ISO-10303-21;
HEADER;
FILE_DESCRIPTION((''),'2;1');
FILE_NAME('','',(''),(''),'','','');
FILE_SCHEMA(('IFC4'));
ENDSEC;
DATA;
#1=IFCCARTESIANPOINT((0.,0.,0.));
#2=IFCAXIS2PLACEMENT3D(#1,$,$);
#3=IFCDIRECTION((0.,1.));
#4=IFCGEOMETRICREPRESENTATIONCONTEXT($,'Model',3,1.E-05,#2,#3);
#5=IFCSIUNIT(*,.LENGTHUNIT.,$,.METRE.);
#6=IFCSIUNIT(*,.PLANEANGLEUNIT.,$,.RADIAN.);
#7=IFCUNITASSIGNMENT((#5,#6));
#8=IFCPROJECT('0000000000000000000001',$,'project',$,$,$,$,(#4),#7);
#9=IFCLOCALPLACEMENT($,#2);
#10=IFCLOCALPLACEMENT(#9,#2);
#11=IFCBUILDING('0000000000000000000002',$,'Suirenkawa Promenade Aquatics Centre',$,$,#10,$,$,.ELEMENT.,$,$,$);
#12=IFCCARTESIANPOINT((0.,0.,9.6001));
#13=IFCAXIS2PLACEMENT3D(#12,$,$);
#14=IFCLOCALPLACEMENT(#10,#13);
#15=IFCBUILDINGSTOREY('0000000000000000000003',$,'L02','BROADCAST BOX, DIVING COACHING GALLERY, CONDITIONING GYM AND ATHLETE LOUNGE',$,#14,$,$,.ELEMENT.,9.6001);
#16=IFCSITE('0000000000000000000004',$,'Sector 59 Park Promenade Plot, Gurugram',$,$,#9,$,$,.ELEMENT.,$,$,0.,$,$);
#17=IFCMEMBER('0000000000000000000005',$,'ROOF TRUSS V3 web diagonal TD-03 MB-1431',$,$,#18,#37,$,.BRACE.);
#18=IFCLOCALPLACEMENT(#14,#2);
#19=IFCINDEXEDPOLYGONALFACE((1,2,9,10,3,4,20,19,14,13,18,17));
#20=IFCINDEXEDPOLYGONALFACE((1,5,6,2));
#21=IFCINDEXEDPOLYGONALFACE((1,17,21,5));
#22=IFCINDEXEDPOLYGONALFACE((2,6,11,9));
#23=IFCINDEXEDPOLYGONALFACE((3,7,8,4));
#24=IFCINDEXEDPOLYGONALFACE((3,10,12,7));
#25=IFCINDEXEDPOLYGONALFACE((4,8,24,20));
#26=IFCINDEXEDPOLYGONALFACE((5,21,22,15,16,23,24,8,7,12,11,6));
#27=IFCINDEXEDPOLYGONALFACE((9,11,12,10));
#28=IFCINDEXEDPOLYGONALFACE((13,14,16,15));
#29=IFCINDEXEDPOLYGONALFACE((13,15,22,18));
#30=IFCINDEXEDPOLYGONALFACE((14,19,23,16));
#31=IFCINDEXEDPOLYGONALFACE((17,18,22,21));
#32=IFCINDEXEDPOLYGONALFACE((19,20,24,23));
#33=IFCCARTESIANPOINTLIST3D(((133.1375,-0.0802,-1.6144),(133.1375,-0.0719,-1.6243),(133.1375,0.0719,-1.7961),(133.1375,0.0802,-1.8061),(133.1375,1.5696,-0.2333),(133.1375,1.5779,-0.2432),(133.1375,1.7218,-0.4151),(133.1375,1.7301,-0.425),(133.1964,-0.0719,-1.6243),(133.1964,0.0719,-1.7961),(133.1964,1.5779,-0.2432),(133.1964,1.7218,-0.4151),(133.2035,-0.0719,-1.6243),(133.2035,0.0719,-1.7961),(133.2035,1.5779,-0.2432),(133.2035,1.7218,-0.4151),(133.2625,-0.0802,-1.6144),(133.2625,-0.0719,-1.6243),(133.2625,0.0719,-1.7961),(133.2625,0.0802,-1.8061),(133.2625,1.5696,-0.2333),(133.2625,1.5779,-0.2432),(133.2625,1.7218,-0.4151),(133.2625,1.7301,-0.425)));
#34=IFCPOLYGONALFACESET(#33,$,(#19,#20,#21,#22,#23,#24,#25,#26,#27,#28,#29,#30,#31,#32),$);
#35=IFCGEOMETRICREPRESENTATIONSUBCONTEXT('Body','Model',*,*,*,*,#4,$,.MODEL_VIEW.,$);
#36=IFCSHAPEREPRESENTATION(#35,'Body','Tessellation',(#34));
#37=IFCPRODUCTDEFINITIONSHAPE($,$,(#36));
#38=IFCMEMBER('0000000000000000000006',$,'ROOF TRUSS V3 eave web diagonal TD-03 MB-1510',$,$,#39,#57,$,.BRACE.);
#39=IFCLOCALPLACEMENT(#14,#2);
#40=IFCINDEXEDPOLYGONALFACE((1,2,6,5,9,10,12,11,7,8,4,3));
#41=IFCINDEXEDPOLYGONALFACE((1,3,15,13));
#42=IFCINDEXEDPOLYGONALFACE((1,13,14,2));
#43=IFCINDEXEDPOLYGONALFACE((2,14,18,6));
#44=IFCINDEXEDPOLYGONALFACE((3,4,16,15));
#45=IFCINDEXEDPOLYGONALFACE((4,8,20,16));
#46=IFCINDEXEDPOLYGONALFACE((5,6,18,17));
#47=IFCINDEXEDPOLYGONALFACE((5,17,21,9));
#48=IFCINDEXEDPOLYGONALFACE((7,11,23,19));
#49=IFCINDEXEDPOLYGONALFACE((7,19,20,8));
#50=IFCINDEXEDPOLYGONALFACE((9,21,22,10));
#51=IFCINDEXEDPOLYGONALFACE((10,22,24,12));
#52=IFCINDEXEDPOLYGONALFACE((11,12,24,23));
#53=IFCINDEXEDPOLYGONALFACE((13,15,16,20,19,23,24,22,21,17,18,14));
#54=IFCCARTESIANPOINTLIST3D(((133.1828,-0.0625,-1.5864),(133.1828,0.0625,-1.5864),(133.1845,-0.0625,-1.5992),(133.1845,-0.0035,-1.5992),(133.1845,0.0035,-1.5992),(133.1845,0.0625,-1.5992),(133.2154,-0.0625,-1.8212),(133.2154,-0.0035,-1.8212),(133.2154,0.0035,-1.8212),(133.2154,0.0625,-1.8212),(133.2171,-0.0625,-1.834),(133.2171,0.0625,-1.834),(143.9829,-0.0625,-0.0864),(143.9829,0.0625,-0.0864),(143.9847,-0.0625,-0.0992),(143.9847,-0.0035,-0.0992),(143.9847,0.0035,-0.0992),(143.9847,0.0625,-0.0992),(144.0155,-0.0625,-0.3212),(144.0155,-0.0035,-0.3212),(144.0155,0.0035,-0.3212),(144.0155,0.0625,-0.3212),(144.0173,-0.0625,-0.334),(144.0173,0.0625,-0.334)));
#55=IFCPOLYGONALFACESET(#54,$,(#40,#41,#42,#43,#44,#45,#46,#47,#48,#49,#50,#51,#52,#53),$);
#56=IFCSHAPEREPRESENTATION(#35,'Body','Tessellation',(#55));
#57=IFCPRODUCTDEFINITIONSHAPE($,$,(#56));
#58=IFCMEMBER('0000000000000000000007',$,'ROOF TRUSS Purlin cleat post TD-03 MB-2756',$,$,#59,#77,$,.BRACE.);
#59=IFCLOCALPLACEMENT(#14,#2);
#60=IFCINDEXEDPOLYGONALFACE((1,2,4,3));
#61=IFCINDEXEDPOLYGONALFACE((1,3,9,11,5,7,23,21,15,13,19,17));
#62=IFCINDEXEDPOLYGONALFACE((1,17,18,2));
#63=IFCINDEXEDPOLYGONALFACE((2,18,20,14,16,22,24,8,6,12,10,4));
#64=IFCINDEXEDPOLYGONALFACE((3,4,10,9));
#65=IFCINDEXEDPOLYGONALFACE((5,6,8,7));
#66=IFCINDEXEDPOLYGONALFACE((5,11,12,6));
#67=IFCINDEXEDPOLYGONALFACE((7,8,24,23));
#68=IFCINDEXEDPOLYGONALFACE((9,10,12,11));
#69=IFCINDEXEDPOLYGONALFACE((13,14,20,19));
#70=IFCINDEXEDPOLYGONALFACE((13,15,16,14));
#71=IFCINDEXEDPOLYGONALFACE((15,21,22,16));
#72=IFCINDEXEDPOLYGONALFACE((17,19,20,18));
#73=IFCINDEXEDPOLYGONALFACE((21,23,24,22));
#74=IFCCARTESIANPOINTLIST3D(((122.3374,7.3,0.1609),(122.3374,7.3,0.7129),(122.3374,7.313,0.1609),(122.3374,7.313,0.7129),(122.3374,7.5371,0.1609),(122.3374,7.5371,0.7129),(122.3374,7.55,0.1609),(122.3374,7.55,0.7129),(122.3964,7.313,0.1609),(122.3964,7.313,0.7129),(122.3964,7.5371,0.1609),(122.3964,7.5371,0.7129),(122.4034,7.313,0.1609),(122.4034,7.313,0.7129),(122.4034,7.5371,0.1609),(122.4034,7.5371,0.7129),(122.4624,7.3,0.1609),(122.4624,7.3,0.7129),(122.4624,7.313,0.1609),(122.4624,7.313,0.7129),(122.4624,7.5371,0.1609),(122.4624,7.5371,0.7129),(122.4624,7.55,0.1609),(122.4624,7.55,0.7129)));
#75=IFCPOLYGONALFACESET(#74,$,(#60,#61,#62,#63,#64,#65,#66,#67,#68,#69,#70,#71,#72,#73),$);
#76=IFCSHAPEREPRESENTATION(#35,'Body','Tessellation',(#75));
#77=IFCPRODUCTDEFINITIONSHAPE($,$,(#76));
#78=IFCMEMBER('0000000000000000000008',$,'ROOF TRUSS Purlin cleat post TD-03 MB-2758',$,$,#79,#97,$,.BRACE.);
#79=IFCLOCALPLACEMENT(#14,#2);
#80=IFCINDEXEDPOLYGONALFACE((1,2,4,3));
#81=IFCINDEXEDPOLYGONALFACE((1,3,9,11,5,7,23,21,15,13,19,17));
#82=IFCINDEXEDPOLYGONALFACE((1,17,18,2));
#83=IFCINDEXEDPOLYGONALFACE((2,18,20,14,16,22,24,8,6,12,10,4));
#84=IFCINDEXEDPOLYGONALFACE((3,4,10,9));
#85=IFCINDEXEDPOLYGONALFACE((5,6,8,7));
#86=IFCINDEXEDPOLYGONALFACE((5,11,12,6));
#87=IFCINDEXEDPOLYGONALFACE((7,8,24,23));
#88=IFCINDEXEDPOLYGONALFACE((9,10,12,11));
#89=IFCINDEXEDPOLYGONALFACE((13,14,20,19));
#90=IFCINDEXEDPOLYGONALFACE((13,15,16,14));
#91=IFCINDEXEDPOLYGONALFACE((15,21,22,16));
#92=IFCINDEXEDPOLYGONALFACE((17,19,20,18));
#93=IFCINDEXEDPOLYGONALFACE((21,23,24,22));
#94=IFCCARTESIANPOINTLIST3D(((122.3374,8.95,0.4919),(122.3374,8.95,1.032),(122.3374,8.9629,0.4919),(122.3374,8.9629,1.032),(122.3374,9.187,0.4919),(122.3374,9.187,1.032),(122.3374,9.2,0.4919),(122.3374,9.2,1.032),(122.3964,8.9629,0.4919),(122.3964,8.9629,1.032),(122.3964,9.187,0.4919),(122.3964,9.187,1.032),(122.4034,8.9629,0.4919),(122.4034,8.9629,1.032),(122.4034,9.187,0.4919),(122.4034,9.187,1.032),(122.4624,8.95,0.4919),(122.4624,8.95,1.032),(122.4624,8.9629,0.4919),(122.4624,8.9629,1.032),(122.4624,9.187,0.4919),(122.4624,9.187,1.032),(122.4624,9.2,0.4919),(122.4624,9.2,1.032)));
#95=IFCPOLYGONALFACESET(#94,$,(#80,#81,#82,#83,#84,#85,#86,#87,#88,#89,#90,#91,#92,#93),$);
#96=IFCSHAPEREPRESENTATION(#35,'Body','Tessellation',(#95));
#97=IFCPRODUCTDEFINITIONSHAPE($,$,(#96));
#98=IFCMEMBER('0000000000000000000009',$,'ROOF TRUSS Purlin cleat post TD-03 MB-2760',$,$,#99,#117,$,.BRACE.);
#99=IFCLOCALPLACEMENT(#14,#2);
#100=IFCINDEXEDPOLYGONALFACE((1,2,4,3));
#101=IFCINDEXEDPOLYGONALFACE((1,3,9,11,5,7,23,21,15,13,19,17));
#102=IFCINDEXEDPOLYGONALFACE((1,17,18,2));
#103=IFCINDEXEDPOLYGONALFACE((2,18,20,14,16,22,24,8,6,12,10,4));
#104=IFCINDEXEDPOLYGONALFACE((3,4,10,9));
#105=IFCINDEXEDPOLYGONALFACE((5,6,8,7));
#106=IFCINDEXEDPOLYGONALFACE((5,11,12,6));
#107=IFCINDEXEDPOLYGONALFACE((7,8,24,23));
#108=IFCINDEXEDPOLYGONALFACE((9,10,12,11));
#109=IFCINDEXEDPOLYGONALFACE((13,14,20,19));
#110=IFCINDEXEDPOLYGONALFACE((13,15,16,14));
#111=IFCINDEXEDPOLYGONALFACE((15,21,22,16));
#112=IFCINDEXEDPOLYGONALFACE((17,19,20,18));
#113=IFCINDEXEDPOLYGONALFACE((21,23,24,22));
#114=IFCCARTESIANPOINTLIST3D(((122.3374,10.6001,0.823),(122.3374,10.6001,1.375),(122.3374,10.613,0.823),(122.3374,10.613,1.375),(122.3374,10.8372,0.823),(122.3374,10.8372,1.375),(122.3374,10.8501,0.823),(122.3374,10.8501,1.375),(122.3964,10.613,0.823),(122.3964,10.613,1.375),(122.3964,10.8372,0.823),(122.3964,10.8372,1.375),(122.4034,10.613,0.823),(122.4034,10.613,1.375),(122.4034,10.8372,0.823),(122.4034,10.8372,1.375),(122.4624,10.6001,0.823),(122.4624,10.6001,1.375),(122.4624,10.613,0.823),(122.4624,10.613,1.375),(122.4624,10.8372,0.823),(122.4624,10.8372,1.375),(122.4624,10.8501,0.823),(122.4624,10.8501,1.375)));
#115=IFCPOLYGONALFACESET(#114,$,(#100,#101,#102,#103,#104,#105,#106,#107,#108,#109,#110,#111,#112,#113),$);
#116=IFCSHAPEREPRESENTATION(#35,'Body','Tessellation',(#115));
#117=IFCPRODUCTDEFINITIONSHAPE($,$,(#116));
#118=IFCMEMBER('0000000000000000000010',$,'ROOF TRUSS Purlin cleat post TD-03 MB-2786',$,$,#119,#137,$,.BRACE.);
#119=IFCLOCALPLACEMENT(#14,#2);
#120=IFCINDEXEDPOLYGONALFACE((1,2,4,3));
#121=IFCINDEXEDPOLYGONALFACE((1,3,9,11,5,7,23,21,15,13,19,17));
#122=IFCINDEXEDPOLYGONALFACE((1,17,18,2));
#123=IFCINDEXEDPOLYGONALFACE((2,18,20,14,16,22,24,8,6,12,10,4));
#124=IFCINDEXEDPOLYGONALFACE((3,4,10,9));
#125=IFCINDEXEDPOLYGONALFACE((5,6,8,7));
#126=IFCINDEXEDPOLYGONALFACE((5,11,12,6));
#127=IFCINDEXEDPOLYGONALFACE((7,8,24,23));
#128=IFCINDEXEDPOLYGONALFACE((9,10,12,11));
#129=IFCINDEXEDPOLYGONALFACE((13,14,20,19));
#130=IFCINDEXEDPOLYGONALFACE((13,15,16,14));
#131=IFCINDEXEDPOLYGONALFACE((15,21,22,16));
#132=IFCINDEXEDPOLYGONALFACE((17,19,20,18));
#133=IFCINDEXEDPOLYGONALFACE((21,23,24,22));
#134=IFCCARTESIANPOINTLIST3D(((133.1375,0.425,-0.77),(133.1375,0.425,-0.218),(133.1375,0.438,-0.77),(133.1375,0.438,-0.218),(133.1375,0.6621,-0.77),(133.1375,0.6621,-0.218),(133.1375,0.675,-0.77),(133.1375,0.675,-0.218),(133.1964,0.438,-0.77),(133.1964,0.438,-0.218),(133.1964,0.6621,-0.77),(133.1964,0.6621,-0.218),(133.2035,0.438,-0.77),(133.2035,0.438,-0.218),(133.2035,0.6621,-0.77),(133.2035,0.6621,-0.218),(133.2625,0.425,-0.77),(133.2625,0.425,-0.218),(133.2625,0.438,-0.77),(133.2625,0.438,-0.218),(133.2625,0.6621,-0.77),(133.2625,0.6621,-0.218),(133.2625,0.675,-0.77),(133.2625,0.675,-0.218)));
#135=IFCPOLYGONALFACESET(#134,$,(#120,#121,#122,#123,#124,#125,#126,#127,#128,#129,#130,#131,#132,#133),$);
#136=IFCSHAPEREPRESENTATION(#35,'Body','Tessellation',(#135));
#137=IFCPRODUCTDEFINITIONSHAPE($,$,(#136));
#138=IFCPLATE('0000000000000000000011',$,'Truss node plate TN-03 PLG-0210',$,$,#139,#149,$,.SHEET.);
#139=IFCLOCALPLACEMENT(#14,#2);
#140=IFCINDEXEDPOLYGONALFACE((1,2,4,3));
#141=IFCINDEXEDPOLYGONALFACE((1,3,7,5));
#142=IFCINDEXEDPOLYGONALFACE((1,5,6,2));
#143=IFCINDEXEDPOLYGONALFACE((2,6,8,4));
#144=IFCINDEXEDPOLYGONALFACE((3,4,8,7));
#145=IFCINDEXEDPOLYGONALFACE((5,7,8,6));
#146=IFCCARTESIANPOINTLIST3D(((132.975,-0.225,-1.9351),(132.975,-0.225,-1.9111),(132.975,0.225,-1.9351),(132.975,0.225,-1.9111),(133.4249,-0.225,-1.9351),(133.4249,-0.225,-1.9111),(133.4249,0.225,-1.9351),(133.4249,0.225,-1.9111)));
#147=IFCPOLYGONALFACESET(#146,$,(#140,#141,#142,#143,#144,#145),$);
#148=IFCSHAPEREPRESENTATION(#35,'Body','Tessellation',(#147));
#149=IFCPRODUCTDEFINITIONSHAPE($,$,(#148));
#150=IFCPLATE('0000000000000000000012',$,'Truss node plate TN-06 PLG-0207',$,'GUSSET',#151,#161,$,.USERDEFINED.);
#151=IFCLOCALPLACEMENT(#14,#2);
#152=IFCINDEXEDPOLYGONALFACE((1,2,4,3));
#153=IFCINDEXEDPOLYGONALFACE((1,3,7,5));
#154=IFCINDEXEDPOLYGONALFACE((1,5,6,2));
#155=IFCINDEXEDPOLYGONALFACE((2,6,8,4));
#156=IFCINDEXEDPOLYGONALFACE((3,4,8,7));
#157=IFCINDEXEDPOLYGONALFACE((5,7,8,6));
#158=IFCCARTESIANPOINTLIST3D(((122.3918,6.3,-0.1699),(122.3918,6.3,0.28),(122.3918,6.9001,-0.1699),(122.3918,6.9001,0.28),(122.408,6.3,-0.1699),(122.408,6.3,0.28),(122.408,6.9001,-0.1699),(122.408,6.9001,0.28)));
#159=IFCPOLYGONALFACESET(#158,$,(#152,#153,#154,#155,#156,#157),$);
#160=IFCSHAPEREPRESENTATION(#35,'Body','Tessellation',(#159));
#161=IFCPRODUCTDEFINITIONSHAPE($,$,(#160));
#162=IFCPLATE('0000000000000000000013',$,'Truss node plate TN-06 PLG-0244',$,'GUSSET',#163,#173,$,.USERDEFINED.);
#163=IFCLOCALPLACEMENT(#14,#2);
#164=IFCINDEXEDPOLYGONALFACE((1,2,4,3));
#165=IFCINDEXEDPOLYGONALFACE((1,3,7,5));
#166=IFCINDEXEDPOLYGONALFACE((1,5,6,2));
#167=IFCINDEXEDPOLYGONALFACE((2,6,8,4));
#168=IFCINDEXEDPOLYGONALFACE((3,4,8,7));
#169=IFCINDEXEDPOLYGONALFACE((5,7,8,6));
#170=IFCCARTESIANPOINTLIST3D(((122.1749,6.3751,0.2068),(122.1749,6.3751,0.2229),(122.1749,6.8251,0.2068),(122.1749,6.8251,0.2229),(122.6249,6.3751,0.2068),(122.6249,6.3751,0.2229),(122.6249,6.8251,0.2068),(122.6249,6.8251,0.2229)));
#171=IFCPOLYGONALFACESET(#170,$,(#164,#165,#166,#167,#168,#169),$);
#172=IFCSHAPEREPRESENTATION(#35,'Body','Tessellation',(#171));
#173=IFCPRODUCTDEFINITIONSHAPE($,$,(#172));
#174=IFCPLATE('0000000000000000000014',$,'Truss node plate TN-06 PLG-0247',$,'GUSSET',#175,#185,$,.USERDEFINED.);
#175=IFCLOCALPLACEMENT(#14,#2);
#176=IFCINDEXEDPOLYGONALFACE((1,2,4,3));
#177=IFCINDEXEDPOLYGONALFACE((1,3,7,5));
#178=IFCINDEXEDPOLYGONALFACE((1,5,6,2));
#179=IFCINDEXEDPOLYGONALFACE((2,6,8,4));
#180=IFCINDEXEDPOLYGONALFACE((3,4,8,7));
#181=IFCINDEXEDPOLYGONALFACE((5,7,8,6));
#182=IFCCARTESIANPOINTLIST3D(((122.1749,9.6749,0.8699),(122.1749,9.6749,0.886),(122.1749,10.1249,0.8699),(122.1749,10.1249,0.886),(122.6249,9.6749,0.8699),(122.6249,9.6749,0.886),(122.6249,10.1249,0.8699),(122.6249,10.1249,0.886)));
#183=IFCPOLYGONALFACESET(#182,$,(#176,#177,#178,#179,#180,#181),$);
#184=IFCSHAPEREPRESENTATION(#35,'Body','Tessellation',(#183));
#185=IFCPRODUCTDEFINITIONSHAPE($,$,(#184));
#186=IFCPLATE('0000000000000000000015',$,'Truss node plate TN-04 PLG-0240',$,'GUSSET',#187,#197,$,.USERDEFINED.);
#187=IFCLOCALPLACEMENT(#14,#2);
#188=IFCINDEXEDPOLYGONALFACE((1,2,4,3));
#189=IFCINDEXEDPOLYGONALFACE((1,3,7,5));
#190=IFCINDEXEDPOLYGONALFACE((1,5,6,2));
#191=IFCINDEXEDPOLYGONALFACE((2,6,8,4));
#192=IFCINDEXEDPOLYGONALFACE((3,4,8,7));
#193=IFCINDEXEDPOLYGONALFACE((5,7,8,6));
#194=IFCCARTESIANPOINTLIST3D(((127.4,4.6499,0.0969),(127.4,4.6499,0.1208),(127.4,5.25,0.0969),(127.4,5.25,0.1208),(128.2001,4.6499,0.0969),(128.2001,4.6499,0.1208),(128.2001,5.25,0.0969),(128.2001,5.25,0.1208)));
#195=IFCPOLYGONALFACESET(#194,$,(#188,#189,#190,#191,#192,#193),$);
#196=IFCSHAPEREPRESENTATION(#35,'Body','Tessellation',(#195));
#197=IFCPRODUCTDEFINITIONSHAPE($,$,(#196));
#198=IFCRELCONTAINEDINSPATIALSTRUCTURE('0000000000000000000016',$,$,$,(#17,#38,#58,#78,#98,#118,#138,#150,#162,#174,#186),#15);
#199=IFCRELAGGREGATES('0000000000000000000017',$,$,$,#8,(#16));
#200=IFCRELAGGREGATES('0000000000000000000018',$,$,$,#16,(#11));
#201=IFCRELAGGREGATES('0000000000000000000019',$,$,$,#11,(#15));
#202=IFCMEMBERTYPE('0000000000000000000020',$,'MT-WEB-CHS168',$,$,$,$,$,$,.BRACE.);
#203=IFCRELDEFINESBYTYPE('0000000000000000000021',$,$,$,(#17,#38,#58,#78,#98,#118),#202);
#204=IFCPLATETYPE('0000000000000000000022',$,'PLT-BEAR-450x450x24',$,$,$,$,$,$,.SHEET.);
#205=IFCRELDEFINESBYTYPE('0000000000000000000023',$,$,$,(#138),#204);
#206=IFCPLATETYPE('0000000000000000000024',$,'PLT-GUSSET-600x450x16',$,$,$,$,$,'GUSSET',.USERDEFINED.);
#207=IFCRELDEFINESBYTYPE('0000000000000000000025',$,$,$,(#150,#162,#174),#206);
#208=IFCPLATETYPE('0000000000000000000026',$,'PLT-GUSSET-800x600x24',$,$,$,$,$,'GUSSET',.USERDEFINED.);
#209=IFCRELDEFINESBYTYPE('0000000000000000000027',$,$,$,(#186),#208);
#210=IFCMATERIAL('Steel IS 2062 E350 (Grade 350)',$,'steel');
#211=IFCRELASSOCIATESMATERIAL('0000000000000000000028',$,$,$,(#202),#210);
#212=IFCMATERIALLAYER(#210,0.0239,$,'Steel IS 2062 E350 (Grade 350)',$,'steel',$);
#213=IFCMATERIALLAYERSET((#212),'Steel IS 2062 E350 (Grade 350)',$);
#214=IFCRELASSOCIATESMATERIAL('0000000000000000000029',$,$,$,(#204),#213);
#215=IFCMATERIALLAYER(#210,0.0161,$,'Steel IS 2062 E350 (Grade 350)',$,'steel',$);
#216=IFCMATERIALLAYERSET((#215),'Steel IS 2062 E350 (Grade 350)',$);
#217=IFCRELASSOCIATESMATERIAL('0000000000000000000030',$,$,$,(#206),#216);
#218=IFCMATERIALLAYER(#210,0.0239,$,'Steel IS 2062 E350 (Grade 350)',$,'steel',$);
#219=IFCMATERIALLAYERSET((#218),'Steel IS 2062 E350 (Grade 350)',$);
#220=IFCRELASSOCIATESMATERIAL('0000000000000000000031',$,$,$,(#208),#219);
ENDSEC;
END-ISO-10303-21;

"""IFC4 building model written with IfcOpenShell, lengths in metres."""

from ifc_helpers import new_model, si_unit, direction, frame, origin, origin_2d, place, context, subcontext, project, spatial, rectangle, i_section, extrude, material, layer, layer_set, material_profile, profile_set, type_object, element, save


model = new_model("IFC4")

# Units and contexts
model_context = context("Model", 3, precision=1e-05, world=origin(), true_north=direction((0.0, 1.0)))
body_context = subcontext(model_context, "Body", "Model", "MODEL_VIEW")
ifc_project = project(units=[si_unit("LENGTHUNIT", "METRE"), si_unit("PLANEANGLEUNIT", "RADIAN")], contexts=[model_context])

# Site, building, storey
site_placement = place(None, origin())
site = spatial("IfcSite", under=ifc_project, at=site_placement, Name="Sector 59 Park Promenade Plot, Gurugram", CompositionType="ELEMENT", RefElevation=0.0)
building_placement = place(site_placement, origin())
building = spatial("IfcBuilding", under=site, at=building_placement, Name="Suirenkawa Promenade Aquatics Centre", CompositionType="ELEMENT")
storey_placement = place(building_placement, frame((0.0, 0.0, 9.6001)))
storey = spatial("IfcBuildingStorey", under=building, at=storey_placement, Name="L02", Description="BROADCAST BOX, DIVING COACHING GALLERY, CONDITIONING GYM AND ATHLETE LOUNGE", CompositionType="ELEMENT", Elevation=9.6001)

# Shared definitions
ifc_material_1 = material(Name="Steel IS 2062 E350 (Grade 350)", Category="steel")

# Members
ifc_material_profile_1 = material_profile(ifc_material_1, i_section(OverallWidth=0.125, OverallDepth=0.25, WebThickness=0.0071, FlangeThickness=0.0129, at=origin_2d()), Name="ISMB 250", Category="steel")
ifc_profile_set_1 = profile_set([ifc_material_profile_1], Name="Steel IS 2062 E350 (Grade 350)")
member_type_1 = type_object("IfcMemberType", Name="MT-WEB-CHS168", PredefinedType="BRACE", material=ifc_profile_set_1)
member_1_placement = place(storey_placement, frame((133.2, 0.0, -1.7102), z_axis=(0.0, 0.766806, 0.641879), x_axis=(-1.0, 0.0, 0.0)))
element("IfcMember", 1, at=member_1_placement, inside=storey, type_object=member_type_1, Name="ROOF TRUSS V3 web diagonal TD-03 MB-1431", PredefinedType="BRACE", context=body_context, shape_type="SweptSolid", body=[
    extrude(i_section(OverallWidth=0.125, OverallDepth=0.25, WebThickness=0.0071, FlangeThickness=0.0129, at=origin_2d()), origin(), (0.0, 0.0, 1.0), 2.1516),
])
member_2_placement = place(storey_placement, frame((133.2, 0.0, -1.7102), z_axis=(0.990492, 0.0, 0.137568), x_axis=(0.0, 1.0, 0.0)))
element("IfcMember", 2, at=member_2_placement, inside=storey, type_object=member_type_1, Name="ROOF TRUSS V3 eave web diagonal TD-03 MB-1510", PredefinedType="BRACE", context=body_context, shape_type="SweptSolid", body=[
    extrude(i_section(OverallWidth=0.125, OverallDepth=0.25, WebThickness=0.0071, FlangeThickness=0.0129, at=origin_2d()), origin(), (0.0, 0.0, 1.0), 10.9038),
])
member_3_placement = place(storey_placement, frame((122.3999, 7.425, 0.1609), z_axis=(0.0, 0.0, 1.0), x_axis=(1.0, 0.0, 0.0)))
element("IfcMember", 3, at=member_3_placement, inside=storey, type_object=member_type_1, Name="ROOF TRUSS Purlin cleat post TD-03 MB-2756", PredefinedType="BRACE", context=body_context, shape_type="SweptSolid", body=[
    extrude(i_section(OverallWidth=0.125, OverallDepth=0.25, WebThickness=0.0071, FlangeThickness=0.0129, at=origin_2d()), origin(), (0.0, 0.0, 1.0), 0.552),
])
member_4_placement = place(storey_placement, frame((122.3999, 9.075, 0.4919), z_axis=(0.0, 0.0, 1.0), x_axis=(1.0, 0.0, 0.0)))
element("IfcMember", 4, at=member_4_placement, inside=storey, type_object=member_type_1, Name="ROOF TRUSS Purlin cleat post TD-03 MB-2758", PredefinedType="BRACE", context=body_context, shape_type="SweptSolid", body=[
    extrude(i_section(OverallWidth=0.125, OverallDepth=0.25, WebThickness=0.0071, FlangeThickness=0.0129, at=origin_2d()), origin(), (0.0, 0.0, 1.0), 0.54),
])
for number, where, z_axis, x_axis, name in (
    (5, (122.3999, 10.7251, 0.823), (0.0, 0.0, 1.0), (1.0, 0.0, 0.0), "ROOF TRUSS Purlin cleat post TD-03 MB-2760"),
    (6, (133.2, 0.55, -0.77), (0.0, 0.0, 1.0), (1.0, 0.0, 0.0), "ROOF TRUSS Purlin cleat post TD-03 MB-2786"),
):
    element("IfcMember", number, at=place(storey_placement, frame(where, z_axis=z_axis, x_axis=x_axis)), inside=storey, type_object=member_type_1, Name=name, PredefinedType="BRACE", context=body_context, shape_type="SweptSolid", body=[
        extrude(i_section(OverallWidth=0.125, OverallDepth=0.25, WebThickness=0.0071, FlangeThickness=0.0129, at=origin_2d()), origin(), (0.0, 0.0, 1.0), 0.552),
    ])

# Plates
ifc_layer_1 = layer(ifc_material_1, 0.0239, Name="Steel IS 2062 E350 (Grade 350)", Category="steel")
ifc_layer_set_1 = layer_set([ifc_layer_1], Name="Steel IS 2062 E350 (Grade 350)")
plate_type_1 = type_object("IfcPlateType", Name="PLT-BEAR-450x450x24", PredefinedType="SHEET", material=ifc_layer_set_1)
plate_1_placement = place(storey_placement, frame((133.2, 0.0, -1.9351), z_axis=(0.0, 0.0, 1.0), x_axis=(1.0, 0.0, 0.0)))
element("IfcPlate", 7, at=plate_1_placement, inside=storey, type_object=plate_type_1, Name="Truss node plate TN-03 PLG-0210", PredefinedType="SHEET", context=body_context, shape_type="SweptSolid", body=[
    extrude(rectangle(XDim=0.45, YDim=0.45, at=origin_2d()), origin(), (0.0, 0.0, 1.0), 0.0239),
])
ifc_layer_2 = layer(ifc_material_1, 0.0161, Name="Steel IS 2062 E350 (Grade 350)", Category="steel")
ifc_layer_set_2 = layer_set([ifc_layer_2], Name="Steel IS 2062 E350 (Grade 350)")
plate_type_2 = type_object("IfcPlateType", Name="PLT-GUSSET-600x450x16", ElementType="GUSSET", PredefinedType="USERDEFINED", material=ifc_layer_set_2)
plate_2_placement = place(storey_placement, frame((122.3999, 6.6001, -0.1699), z_axis=(0.0, 0.0, 1.0), x_axis=(0.0, 1.0, 0.0)))
element("IfcPlate", 8, at=plate_2_placement, inside=storey, type_object=plate_type_2, Name="Truss node plate TN-06 PLG-0207", ObjectType="GUSSET", PredefinedType="USERDEFINED", context=body_context, shape_type="SweptSolid", body=[
    extrude(rectangle(XDim=0.6001, YDim=0.0161, at=origin_2d()), origin(), (0.0, 0.0, 1.0), 0.45),
])
for number, where, z_axis, x_axis, name in (
    (9, (122.3999, 6.6001, 0.2068), (0.0, 0.0, 1.0), (1.0, 0.0, 0.0), "Truss node plate TN-06 PLG-0244"),
    (10, (122.3999, 9.8999, 0.8699), (0.0, 0.0, 1.0), (1.0, 0.0, 0.0), "Truss node plate TN-06 PLG-0247"),
):
    element("IfcPlate", number, at=place(storey_placement, frame(where, z_axis=z_axis, x_axis=x_axis)), inside=storey, type_object=plate_type_2, Name=name, ObjectType="GUSSET", PredefinedType="USERDEFINED", context=body_context, shape_type="SweptSolid", body=[
        extrude(rectangle(XDim=0.45, YDim=0.45, at=origin_2d()), origin(), (0.0, 0.0, 1.0), 0.0161),
    ])
ifc_layer_3 = layer(ifc_material_1, 0.0239, Name="Steel IS 2062 E350 (Grade 350)", Category="steel")
ifc_layer_set_3 = layer_set([ifc_layer_3], Name="Steel IS 2062 E350 (Grade 350)")
plate_type_3 = type_object("IfcPlateType", Name="PLT-GUSSET-800x600x24", ElementType="GUSSET", PredefinedType="USERDEFINED", material=ifc_layer_set_3)
for number, where, z_axis, x_axis, name in (
    (11, (127.8, 4.95, 0.0969), (0.0, 0.0, 1.0), (1.0, 0.0, 0.0), "Truss node plate TN-04 PLG-0240"),
):
    element("IfcPlate", number, at=place(storey_placement, frame(where, z_axis=z_axis, x_axis=x_axis)), inside=storey, type_object=plate_type_3, Name=name, ObjectType="GUSSET", PredefinedType="USERDEFINED", context=body_context, shape_type="SweptSolid", body=[
        extrude(rectangle(XDim=0.8, YDim=0.6001, at=origin_2d()), origin(), (0.0, 0.0, 1.0), 0.0239),
    ])

save(model, "model.ifc")
